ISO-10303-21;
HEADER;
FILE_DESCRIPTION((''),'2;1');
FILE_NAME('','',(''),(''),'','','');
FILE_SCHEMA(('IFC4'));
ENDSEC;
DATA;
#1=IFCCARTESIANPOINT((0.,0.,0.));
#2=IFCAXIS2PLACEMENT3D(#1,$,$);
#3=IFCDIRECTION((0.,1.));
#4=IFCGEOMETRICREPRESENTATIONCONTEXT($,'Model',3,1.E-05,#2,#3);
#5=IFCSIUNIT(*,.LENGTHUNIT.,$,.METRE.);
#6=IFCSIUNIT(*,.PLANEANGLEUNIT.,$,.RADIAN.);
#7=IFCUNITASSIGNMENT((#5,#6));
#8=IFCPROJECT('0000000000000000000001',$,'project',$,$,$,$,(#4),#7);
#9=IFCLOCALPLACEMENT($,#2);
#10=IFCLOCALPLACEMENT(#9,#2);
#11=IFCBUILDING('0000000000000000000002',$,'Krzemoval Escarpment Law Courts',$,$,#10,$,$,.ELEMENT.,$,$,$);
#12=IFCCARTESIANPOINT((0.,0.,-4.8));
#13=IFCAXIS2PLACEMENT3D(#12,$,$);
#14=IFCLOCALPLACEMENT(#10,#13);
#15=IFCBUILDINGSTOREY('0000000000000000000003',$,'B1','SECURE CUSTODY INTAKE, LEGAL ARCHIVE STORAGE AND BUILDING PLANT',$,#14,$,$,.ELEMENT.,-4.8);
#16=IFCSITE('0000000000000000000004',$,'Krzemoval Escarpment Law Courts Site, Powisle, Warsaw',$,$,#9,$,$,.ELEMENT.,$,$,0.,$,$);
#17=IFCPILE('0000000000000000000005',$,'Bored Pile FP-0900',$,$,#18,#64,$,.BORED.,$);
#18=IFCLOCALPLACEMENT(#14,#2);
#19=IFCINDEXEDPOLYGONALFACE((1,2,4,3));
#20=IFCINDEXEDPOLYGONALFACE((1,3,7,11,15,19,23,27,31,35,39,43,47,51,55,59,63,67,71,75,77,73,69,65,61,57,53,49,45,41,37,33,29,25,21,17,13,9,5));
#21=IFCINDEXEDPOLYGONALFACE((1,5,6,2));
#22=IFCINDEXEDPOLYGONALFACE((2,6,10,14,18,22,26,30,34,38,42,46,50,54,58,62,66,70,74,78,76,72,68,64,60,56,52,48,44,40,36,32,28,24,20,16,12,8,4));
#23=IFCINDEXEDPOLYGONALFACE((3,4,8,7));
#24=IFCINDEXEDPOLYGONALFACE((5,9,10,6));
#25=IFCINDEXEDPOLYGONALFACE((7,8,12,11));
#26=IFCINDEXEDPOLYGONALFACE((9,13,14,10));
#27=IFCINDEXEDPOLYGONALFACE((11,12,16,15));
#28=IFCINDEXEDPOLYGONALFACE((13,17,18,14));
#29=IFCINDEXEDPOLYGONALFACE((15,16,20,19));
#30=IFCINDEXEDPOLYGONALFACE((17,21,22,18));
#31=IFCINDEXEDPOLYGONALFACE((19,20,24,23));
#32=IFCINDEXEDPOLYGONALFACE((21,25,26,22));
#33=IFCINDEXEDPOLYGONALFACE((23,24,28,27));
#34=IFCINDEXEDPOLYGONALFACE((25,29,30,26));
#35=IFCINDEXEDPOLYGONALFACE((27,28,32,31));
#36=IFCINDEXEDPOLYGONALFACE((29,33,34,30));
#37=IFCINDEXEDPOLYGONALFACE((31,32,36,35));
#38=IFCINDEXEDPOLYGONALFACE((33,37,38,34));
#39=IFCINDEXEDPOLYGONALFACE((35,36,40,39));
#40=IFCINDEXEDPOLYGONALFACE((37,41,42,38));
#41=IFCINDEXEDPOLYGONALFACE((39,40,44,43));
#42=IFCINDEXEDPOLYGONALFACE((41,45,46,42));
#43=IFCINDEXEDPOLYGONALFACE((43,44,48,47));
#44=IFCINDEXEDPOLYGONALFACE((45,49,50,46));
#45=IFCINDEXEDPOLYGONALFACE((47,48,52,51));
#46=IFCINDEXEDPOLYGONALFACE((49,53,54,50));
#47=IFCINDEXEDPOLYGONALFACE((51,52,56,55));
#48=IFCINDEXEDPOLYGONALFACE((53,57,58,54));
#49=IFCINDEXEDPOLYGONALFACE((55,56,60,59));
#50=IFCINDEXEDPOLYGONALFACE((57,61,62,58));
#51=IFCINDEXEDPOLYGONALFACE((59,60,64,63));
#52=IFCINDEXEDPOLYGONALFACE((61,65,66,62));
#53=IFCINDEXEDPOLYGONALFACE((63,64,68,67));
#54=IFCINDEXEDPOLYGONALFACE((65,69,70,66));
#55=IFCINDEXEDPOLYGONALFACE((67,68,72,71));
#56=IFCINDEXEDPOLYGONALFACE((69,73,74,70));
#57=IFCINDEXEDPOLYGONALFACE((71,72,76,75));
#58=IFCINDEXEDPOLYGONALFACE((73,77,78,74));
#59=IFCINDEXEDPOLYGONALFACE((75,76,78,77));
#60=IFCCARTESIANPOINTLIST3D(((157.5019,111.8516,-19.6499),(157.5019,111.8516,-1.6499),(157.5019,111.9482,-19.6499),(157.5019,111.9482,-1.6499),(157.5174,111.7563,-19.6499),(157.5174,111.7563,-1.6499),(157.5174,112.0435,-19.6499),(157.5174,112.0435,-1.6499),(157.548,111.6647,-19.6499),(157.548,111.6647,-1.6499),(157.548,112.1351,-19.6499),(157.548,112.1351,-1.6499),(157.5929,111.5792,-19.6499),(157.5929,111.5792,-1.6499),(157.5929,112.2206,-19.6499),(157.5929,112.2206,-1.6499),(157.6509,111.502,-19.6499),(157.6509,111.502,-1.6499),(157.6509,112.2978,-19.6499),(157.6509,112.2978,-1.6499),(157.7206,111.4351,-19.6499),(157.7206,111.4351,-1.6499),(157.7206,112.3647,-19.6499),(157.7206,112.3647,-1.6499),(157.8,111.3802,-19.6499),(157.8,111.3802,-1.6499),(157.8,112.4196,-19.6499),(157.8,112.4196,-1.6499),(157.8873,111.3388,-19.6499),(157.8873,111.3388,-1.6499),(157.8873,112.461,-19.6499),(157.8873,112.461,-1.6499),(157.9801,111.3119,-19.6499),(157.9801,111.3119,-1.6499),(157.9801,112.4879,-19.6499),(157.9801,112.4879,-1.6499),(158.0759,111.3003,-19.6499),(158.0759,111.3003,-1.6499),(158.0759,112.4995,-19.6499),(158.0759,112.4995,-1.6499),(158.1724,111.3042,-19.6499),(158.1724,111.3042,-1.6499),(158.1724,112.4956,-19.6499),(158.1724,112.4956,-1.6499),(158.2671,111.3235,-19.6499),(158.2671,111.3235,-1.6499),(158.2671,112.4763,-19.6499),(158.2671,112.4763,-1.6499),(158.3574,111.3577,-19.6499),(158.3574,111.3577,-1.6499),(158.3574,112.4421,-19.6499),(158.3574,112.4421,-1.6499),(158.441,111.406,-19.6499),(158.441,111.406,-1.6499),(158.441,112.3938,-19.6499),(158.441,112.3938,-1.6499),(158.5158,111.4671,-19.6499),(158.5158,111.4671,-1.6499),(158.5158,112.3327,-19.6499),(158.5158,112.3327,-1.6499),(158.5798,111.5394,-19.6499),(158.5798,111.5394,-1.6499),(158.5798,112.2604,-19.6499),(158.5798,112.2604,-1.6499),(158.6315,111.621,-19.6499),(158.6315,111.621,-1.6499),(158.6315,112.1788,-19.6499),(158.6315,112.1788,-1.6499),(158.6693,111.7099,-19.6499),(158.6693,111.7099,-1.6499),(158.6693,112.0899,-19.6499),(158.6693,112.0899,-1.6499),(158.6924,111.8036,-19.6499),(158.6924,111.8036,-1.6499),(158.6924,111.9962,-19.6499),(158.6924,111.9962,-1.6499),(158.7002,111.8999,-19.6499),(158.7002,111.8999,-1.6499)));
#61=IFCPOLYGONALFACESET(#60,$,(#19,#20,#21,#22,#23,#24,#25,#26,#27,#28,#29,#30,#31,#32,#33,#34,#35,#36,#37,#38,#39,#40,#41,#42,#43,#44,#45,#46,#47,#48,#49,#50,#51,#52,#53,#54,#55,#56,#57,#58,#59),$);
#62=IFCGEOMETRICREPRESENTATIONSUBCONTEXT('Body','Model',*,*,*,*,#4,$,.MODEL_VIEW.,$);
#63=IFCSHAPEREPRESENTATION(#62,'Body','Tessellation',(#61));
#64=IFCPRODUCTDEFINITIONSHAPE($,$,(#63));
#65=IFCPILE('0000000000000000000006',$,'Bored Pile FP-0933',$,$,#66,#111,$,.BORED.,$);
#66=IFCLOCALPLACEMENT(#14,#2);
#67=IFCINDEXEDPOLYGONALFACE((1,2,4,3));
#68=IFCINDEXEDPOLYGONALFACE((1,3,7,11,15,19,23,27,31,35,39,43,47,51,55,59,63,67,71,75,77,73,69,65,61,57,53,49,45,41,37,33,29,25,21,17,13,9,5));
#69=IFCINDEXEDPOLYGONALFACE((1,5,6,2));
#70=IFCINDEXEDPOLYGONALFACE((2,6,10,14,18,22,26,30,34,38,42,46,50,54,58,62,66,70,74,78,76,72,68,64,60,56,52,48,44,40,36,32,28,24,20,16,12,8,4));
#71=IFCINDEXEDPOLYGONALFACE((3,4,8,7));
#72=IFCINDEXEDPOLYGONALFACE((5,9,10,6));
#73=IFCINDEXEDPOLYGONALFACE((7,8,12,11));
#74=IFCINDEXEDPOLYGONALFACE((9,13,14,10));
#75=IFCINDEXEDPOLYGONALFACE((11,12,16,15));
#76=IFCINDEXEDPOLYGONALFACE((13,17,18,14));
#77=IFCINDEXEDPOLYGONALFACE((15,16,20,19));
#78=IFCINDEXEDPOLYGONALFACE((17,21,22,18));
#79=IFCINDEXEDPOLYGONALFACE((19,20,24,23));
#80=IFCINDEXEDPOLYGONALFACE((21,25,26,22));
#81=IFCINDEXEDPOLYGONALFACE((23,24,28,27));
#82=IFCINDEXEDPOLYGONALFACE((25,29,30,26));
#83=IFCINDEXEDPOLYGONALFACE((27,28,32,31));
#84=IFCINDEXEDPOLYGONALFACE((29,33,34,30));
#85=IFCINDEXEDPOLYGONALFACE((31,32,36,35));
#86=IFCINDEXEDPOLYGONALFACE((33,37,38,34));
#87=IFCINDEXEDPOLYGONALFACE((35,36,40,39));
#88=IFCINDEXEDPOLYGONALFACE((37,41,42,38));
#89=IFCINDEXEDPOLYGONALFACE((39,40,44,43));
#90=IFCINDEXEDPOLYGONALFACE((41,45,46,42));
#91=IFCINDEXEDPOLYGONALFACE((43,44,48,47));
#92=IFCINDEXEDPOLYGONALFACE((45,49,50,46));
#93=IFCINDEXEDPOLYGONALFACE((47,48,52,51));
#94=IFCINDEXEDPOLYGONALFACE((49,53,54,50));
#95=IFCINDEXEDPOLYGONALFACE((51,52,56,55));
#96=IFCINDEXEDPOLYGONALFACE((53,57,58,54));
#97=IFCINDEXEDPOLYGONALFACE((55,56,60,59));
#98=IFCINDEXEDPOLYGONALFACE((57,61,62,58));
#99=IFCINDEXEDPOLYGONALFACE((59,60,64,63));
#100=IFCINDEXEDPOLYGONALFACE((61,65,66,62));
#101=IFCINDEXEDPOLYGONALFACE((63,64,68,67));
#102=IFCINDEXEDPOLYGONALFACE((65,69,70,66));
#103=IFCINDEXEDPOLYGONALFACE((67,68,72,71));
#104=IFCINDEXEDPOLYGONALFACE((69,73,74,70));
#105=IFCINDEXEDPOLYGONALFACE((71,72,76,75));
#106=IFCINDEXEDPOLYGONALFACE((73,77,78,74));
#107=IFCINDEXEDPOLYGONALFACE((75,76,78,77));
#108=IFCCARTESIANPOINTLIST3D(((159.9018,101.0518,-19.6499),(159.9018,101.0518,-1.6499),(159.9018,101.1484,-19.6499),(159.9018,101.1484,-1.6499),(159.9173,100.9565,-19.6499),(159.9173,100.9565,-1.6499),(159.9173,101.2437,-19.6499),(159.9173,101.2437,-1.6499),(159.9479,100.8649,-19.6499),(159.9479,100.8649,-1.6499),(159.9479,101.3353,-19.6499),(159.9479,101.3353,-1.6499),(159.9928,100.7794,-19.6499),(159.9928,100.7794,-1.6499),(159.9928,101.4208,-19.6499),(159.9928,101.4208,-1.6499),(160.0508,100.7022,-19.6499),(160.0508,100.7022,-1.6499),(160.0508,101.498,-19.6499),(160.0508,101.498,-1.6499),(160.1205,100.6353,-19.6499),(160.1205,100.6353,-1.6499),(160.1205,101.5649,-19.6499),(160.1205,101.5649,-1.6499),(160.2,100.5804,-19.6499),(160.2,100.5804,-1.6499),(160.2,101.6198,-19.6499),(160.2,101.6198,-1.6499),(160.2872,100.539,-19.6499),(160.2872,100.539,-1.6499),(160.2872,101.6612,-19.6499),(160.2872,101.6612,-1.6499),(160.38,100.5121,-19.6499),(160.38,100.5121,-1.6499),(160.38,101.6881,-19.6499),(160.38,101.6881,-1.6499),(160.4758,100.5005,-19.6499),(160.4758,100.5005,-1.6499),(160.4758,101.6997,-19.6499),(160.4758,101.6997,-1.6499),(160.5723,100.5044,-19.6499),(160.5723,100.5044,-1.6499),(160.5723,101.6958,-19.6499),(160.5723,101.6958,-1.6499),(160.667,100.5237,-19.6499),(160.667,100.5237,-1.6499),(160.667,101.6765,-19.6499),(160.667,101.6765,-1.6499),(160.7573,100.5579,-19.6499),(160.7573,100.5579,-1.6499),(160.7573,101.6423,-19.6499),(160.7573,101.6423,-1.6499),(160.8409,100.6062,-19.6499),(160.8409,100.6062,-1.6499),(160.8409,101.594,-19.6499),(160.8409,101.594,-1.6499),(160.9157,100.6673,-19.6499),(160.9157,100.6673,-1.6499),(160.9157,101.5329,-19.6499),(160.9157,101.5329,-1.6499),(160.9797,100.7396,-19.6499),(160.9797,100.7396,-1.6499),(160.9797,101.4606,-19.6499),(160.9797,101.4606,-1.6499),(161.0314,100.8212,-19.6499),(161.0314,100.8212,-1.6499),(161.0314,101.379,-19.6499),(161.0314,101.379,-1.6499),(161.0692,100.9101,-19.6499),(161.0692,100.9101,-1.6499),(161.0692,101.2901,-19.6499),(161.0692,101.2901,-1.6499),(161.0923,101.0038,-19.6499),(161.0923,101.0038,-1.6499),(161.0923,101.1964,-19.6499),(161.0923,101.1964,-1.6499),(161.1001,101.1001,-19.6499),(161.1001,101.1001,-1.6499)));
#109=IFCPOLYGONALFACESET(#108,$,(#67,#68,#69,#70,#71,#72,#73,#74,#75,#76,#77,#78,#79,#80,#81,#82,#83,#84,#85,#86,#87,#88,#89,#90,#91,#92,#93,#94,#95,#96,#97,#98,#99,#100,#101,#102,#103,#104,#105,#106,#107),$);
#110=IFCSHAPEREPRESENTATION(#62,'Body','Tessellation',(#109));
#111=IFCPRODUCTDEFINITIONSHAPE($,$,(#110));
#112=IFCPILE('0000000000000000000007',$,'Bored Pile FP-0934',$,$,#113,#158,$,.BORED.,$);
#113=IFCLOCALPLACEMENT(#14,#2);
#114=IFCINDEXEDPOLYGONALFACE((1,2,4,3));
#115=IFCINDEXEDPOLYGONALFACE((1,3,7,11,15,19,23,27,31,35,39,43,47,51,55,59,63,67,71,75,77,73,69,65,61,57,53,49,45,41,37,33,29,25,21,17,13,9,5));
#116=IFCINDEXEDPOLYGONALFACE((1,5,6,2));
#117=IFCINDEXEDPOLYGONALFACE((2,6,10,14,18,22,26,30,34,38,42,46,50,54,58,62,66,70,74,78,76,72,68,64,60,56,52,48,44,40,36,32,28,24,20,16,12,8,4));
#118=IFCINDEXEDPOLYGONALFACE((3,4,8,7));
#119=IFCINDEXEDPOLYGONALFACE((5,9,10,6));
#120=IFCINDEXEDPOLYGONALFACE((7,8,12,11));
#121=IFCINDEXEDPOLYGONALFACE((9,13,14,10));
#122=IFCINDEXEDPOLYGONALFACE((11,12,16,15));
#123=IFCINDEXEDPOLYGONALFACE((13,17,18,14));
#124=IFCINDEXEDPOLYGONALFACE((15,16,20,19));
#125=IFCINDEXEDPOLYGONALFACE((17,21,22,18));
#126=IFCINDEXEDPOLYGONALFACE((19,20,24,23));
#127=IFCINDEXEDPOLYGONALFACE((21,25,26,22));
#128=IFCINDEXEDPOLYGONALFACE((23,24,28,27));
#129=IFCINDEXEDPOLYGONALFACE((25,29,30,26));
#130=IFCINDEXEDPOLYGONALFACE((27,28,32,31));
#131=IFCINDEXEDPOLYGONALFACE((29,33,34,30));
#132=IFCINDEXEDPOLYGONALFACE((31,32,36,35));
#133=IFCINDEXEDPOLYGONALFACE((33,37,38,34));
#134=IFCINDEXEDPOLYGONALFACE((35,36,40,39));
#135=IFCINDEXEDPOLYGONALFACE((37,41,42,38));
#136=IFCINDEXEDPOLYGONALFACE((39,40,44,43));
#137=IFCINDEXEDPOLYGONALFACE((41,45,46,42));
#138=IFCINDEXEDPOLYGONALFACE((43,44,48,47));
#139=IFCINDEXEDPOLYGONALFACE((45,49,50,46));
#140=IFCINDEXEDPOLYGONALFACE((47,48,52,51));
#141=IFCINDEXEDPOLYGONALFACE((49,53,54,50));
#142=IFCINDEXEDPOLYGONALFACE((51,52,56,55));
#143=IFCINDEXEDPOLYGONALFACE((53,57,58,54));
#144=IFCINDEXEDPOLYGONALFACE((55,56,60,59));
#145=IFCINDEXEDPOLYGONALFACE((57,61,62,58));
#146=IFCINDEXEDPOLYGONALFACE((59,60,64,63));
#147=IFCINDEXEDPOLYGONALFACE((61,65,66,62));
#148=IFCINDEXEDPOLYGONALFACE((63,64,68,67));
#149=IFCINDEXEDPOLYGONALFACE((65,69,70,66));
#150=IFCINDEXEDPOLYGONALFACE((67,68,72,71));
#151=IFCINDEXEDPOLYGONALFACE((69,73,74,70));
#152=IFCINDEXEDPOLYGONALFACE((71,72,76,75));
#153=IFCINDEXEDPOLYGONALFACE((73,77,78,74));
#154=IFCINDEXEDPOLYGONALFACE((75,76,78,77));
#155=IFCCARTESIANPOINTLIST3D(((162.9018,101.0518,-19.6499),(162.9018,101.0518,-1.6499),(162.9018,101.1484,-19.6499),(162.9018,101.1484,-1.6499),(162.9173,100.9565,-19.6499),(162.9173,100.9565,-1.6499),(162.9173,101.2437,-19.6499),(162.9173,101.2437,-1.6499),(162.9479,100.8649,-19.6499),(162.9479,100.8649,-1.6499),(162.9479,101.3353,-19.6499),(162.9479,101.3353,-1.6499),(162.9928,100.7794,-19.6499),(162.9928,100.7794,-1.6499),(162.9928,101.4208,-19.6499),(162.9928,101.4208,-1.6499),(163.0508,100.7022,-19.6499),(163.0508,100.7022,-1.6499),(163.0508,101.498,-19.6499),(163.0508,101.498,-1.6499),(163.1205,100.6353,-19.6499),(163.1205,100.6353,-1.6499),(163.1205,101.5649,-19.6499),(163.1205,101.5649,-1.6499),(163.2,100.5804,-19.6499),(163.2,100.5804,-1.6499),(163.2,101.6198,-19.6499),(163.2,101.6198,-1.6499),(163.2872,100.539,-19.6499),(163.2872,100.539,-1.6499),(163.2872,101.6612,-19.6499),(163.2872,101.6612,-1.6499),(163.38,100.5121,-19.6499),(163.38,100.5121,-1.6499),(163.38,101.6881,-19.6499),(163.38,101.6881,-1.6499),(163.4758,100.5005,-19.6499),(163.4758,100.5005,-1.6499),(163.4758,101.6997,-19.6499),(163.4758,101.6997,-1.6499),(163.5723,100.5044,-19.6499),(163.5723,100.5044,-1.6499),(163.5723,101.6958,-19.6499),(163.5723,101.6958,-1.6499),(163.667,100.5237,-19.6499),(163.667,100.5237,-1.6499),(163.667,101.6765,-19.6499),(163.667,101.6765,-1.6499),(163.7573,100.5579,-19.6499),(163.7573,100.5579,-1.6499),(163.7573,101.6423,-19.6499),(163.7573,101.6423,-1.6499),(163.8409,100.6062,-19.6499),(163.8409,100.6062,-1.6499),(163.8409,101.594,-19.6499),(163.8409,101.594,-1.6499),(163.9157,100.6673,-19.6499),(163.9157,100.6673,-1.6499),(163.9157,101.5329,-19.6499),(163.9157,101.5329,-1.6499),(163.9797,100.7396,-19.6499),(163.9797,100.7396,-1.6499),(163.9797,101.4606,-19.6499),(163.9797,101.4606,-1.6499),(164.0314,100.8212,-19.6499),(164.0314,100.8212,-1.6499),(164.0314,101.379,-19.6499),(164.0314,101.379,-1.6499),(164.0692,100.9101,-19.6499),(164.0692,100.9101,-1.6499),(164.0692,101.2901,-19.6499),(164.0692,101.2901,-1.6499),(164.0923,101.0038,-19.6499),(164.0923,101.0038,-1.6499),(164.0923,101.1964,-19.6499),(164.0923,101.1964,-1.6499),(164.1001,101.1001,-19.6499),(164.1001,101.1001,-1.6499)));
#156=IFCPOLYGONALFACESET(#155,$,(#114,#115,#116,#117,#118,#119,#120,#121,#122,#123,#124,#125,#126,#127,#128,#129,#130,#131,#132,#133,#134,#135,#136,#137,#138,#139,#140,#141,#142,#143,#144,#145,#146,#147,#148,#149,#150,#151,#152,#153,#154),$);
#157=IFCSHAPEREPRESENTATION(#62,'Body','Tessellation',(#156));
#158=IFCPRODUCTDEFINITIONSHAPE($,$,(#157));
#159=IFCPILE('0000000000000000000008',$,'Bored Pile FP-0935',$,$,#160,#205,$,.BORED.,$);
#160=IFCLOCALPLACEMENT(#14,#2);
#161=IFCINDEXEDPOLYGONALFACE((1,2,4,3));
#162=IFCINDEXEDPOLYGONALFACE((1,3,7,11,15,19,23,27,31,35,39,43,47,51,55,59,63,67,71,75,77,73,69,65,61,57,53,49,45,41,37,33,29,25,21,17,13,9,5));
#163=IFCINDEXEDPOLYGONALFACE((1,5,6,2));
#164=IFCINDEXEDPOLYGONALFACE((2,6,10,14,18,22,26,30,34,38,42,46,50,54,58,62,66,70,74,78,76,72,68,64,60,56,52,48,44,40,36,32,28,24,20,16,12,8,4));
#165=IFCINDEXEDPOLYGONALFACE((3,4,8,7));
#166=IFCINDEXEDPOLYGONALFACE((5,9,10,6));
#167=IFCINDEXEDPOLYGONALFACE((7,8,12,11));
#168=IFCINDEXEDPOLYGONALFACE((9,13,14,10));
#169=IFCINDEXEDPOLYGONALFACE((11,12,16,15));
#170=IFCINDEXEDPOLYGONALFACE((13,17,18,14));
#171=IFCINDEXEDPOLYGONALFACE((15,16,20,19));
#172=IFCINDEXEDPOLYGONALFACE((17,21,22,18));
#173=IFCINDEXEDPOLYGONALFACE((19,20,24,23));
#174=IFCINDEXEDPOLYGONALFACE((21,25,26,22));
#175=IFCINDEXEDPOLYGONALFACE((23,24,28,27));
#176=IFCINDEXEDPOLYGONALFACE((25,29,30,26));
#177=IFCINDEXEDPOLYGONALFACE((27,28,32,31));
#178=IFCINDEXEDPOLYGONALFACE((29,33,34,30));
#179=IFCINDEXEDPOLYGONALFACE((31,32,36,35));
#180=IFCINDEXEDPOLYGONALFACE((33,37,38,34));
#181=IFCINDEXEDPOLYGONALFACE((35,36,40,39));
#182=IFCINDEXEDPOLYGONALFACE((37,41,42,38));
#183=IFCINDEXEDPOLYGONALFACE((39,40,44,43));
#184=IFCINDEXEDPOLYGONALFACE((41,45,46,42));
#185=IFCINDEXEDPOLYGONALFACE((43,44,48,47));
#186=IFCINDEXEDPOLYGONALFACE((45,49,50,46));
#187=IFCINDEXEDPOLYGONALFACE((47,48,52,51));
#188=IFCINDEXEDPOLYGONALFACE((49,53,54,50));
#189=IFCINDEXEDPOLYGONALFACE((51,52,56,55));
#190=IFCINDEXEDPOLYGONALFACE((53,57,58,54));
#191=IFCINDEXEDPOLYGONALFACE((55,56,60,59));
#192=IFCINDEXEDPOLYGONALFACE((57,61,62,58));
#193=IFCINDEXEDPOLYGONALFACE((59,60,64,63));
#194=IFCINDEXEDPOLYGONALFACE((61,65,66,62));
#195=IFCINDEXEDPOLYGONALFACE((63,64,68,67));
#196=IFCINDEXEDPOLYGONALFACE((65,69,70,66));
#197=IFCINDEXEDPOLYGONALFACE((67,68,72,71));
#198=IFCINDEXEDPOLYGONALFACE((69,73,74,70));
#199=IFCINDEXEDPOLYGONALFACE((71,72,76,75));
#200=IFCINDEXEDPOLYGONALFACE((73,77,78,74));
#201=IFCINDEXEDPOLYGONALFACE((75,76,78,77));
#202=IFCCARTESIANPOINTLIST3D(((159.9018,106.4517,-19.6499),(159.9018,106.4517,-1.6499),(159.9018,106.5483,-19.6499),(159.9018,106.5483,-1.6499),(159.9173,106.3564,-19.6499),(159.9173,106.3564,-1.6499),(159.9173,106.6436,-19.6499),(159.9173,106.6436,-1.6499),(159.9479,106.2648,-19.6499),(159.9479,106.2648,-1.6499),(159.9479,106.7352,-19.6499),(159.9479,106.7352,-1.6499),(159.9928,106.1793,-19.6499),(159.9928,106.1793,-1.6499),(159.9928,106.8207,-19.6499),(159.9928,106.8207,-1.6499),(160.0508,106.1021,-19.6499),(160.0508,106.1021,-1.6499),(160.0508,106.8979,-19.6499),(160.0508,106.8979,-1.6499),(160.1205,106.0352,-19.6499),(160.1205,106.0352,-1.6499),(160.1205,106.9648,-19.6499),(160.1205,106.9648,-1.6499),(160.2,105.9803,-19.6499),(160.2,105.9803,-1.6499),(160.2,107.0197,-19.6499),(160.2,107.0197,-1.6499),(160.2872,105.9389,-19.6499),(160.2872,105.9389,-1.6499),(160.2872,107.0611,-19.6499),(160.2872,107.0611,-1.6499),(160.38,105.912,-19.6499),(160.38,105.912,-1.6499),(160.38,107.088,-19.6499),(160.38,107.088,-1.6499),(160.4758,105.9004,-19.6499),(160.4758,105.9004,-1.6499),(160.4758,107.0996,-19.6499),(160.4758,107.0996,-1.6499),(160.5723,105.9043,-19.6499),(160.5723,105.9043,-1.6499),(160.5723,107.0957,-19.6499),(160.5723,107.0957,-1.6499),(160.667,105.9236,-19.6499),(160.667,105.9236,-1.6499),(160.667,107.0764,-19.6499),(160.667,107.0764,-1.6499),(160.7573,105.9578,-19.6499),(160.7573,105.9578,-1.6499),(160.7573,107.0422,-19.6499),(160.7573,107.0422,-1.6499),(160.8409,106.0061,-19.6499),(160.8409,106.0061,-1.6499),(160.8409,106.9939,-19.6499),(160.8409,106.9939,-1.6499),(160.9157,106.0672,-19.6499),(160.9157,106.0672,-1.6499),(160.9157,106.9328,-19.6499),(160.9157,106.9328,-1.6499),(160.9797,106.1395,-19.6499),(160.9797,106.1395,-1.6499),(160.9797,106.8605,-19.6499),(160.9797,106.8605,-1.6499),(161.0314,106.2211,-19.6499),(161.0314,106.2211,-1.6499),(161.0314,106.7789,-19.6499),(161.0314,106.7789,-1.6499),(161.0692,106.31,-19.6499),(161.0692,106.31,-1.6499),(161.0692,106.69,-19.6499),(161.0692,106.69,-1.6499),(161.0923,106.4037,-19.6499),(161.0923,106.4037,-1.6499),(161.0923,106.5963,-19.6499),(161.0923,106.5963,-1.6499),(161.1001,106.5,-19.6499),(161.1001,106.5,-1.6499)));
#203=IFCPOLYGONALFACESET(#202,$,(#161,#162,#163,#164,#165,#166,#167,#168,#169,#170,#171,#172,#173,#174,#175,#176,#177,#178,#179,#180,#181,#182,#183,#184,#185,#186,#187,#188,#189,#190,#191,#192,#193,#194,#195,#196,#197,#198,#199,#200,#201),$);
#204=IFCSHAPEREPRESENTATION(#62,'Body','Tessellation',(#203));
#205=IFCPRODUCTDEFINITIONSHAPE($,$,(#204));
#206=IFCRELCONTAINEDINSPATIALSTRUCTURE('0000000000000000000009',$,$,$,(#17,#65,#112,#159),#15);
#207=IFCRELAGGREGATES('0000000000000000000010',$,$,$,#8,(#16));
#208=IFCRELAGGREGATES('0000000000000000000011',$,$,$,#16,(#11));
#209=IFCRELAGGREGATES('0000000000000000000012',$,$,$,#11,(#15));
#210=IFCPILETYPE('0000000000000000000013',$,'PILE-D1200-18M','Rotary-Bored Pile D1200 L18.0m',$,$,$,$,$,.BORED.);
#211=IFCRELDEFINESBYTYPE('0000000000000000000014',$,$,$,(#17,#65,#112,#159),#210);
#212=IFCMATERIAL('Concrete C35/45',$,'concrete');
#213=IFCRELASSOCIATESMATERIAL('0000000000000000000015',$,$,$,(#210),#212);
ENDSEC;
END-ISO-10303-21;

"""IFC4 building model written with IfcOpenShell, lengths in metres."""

from ifc_helpers import new_model, si_unit, direction, frame, origin, origin_2d, place, context, subcontext, project, spatial, circle, extrude, material, material_profile, profile_set, type_object, element, save


model = new_model("IFC4")

# Units and contexts
model_context = context("Model", 3, precision=1e-05, world=origin(), true_north=direction((0.0, 1.0)))
body_context = subcontext(model_context, "Body", "Model", "MODEL_VIEW")
ifc_project = project(units=[si_unit("LENGTHUNIT", "METRE"), si_unit("PLANEANGLEUNIT", "RADIAN")], contexts=[model_context])

# Site, building, storey
site_placement = place(None, origin())
site = spatial("IfcSite", under=ifc_project, at=site_placement, Name="Krzemoval Escarpment Law Courts Site, Powisle, Warsaw", CompositionType="ELEMENT", RefElevation=0.0)
building_placement = place(site_placement, origin())
building = spatial("IfcBuilding", under=site, at=building_placement, Name="Krzemoval Escarpment Law Courts", CompositionType="ELEMENT")
storey_placement = place(building_placement, frame((0.0, 0.0, -4.8)))
storey = spatial("IfcBuildingStorey", under=building, at=storey_placement, Name="B1", Description="SECURE CUSTODY INTAKE, LEGAL ARCHIVE STORAGE AND BUILDING PLANT", CompositionType="ELEMENT", Elevation=-4.8)

# Piles
ifc_material_1 = material(Name="Concrete C35/45", Category="concrete")
ifc_material_profile_1 = material_profile(ifc_material_1, circle(Radius=0.6001, at=origin_2d()), Name="PILE D1200")
ifc_profile_set_1 = profile_set([ifc_material_profile_1], Name="Concrete C35/45")
pile_type = type_object("IfcPileType", Name="PILE-D1200-18M", Description="Rotary-Bored Pile D1200 L18.0m", PredefinedType="BORED", material=ifc_profile_set_1)
for number, where, z_axis, x_axis, name in (
    (1, (158.1001, 111.8999, -1.6499), (0.0, 0.0, -1.0), (1.0, 0.0, 0.0), "Bored Pile FP-0900"),
    (2, (160.5, 101.1001, -1.6499), (0.0, 0.0, -1.0), (1.0, 0.0, 0.0), "Bored Pile FP-0933"),
    (3, (163.5, 101.1001, -1.6499), (0.0, 0.0, -1.0), (1.0, 0.0, 0.0), "Bored Pile FP-0934"),
    (4, (160.5, 106.5, -1.6499), (0.0, 0.0, -1.0), (1.0, 0.0, 0.0), "Bored Pile FP-0935"),
):
    element("IfcPile", number, at=place(storey_placement, frame(where, z_axis=z_axis, x_axis=x_axis)), inside=storey, type_object=pile_type, Name=name, PredefinedType="BORED", context=body_context, shape_type="SweptSolid", body=[
        extrude(circle(Radius=0.6001, at=origin_2d()), origin(), (0.0, 0.0, 1.0), 18.0),
    ])

save(model, "model.ifc")
